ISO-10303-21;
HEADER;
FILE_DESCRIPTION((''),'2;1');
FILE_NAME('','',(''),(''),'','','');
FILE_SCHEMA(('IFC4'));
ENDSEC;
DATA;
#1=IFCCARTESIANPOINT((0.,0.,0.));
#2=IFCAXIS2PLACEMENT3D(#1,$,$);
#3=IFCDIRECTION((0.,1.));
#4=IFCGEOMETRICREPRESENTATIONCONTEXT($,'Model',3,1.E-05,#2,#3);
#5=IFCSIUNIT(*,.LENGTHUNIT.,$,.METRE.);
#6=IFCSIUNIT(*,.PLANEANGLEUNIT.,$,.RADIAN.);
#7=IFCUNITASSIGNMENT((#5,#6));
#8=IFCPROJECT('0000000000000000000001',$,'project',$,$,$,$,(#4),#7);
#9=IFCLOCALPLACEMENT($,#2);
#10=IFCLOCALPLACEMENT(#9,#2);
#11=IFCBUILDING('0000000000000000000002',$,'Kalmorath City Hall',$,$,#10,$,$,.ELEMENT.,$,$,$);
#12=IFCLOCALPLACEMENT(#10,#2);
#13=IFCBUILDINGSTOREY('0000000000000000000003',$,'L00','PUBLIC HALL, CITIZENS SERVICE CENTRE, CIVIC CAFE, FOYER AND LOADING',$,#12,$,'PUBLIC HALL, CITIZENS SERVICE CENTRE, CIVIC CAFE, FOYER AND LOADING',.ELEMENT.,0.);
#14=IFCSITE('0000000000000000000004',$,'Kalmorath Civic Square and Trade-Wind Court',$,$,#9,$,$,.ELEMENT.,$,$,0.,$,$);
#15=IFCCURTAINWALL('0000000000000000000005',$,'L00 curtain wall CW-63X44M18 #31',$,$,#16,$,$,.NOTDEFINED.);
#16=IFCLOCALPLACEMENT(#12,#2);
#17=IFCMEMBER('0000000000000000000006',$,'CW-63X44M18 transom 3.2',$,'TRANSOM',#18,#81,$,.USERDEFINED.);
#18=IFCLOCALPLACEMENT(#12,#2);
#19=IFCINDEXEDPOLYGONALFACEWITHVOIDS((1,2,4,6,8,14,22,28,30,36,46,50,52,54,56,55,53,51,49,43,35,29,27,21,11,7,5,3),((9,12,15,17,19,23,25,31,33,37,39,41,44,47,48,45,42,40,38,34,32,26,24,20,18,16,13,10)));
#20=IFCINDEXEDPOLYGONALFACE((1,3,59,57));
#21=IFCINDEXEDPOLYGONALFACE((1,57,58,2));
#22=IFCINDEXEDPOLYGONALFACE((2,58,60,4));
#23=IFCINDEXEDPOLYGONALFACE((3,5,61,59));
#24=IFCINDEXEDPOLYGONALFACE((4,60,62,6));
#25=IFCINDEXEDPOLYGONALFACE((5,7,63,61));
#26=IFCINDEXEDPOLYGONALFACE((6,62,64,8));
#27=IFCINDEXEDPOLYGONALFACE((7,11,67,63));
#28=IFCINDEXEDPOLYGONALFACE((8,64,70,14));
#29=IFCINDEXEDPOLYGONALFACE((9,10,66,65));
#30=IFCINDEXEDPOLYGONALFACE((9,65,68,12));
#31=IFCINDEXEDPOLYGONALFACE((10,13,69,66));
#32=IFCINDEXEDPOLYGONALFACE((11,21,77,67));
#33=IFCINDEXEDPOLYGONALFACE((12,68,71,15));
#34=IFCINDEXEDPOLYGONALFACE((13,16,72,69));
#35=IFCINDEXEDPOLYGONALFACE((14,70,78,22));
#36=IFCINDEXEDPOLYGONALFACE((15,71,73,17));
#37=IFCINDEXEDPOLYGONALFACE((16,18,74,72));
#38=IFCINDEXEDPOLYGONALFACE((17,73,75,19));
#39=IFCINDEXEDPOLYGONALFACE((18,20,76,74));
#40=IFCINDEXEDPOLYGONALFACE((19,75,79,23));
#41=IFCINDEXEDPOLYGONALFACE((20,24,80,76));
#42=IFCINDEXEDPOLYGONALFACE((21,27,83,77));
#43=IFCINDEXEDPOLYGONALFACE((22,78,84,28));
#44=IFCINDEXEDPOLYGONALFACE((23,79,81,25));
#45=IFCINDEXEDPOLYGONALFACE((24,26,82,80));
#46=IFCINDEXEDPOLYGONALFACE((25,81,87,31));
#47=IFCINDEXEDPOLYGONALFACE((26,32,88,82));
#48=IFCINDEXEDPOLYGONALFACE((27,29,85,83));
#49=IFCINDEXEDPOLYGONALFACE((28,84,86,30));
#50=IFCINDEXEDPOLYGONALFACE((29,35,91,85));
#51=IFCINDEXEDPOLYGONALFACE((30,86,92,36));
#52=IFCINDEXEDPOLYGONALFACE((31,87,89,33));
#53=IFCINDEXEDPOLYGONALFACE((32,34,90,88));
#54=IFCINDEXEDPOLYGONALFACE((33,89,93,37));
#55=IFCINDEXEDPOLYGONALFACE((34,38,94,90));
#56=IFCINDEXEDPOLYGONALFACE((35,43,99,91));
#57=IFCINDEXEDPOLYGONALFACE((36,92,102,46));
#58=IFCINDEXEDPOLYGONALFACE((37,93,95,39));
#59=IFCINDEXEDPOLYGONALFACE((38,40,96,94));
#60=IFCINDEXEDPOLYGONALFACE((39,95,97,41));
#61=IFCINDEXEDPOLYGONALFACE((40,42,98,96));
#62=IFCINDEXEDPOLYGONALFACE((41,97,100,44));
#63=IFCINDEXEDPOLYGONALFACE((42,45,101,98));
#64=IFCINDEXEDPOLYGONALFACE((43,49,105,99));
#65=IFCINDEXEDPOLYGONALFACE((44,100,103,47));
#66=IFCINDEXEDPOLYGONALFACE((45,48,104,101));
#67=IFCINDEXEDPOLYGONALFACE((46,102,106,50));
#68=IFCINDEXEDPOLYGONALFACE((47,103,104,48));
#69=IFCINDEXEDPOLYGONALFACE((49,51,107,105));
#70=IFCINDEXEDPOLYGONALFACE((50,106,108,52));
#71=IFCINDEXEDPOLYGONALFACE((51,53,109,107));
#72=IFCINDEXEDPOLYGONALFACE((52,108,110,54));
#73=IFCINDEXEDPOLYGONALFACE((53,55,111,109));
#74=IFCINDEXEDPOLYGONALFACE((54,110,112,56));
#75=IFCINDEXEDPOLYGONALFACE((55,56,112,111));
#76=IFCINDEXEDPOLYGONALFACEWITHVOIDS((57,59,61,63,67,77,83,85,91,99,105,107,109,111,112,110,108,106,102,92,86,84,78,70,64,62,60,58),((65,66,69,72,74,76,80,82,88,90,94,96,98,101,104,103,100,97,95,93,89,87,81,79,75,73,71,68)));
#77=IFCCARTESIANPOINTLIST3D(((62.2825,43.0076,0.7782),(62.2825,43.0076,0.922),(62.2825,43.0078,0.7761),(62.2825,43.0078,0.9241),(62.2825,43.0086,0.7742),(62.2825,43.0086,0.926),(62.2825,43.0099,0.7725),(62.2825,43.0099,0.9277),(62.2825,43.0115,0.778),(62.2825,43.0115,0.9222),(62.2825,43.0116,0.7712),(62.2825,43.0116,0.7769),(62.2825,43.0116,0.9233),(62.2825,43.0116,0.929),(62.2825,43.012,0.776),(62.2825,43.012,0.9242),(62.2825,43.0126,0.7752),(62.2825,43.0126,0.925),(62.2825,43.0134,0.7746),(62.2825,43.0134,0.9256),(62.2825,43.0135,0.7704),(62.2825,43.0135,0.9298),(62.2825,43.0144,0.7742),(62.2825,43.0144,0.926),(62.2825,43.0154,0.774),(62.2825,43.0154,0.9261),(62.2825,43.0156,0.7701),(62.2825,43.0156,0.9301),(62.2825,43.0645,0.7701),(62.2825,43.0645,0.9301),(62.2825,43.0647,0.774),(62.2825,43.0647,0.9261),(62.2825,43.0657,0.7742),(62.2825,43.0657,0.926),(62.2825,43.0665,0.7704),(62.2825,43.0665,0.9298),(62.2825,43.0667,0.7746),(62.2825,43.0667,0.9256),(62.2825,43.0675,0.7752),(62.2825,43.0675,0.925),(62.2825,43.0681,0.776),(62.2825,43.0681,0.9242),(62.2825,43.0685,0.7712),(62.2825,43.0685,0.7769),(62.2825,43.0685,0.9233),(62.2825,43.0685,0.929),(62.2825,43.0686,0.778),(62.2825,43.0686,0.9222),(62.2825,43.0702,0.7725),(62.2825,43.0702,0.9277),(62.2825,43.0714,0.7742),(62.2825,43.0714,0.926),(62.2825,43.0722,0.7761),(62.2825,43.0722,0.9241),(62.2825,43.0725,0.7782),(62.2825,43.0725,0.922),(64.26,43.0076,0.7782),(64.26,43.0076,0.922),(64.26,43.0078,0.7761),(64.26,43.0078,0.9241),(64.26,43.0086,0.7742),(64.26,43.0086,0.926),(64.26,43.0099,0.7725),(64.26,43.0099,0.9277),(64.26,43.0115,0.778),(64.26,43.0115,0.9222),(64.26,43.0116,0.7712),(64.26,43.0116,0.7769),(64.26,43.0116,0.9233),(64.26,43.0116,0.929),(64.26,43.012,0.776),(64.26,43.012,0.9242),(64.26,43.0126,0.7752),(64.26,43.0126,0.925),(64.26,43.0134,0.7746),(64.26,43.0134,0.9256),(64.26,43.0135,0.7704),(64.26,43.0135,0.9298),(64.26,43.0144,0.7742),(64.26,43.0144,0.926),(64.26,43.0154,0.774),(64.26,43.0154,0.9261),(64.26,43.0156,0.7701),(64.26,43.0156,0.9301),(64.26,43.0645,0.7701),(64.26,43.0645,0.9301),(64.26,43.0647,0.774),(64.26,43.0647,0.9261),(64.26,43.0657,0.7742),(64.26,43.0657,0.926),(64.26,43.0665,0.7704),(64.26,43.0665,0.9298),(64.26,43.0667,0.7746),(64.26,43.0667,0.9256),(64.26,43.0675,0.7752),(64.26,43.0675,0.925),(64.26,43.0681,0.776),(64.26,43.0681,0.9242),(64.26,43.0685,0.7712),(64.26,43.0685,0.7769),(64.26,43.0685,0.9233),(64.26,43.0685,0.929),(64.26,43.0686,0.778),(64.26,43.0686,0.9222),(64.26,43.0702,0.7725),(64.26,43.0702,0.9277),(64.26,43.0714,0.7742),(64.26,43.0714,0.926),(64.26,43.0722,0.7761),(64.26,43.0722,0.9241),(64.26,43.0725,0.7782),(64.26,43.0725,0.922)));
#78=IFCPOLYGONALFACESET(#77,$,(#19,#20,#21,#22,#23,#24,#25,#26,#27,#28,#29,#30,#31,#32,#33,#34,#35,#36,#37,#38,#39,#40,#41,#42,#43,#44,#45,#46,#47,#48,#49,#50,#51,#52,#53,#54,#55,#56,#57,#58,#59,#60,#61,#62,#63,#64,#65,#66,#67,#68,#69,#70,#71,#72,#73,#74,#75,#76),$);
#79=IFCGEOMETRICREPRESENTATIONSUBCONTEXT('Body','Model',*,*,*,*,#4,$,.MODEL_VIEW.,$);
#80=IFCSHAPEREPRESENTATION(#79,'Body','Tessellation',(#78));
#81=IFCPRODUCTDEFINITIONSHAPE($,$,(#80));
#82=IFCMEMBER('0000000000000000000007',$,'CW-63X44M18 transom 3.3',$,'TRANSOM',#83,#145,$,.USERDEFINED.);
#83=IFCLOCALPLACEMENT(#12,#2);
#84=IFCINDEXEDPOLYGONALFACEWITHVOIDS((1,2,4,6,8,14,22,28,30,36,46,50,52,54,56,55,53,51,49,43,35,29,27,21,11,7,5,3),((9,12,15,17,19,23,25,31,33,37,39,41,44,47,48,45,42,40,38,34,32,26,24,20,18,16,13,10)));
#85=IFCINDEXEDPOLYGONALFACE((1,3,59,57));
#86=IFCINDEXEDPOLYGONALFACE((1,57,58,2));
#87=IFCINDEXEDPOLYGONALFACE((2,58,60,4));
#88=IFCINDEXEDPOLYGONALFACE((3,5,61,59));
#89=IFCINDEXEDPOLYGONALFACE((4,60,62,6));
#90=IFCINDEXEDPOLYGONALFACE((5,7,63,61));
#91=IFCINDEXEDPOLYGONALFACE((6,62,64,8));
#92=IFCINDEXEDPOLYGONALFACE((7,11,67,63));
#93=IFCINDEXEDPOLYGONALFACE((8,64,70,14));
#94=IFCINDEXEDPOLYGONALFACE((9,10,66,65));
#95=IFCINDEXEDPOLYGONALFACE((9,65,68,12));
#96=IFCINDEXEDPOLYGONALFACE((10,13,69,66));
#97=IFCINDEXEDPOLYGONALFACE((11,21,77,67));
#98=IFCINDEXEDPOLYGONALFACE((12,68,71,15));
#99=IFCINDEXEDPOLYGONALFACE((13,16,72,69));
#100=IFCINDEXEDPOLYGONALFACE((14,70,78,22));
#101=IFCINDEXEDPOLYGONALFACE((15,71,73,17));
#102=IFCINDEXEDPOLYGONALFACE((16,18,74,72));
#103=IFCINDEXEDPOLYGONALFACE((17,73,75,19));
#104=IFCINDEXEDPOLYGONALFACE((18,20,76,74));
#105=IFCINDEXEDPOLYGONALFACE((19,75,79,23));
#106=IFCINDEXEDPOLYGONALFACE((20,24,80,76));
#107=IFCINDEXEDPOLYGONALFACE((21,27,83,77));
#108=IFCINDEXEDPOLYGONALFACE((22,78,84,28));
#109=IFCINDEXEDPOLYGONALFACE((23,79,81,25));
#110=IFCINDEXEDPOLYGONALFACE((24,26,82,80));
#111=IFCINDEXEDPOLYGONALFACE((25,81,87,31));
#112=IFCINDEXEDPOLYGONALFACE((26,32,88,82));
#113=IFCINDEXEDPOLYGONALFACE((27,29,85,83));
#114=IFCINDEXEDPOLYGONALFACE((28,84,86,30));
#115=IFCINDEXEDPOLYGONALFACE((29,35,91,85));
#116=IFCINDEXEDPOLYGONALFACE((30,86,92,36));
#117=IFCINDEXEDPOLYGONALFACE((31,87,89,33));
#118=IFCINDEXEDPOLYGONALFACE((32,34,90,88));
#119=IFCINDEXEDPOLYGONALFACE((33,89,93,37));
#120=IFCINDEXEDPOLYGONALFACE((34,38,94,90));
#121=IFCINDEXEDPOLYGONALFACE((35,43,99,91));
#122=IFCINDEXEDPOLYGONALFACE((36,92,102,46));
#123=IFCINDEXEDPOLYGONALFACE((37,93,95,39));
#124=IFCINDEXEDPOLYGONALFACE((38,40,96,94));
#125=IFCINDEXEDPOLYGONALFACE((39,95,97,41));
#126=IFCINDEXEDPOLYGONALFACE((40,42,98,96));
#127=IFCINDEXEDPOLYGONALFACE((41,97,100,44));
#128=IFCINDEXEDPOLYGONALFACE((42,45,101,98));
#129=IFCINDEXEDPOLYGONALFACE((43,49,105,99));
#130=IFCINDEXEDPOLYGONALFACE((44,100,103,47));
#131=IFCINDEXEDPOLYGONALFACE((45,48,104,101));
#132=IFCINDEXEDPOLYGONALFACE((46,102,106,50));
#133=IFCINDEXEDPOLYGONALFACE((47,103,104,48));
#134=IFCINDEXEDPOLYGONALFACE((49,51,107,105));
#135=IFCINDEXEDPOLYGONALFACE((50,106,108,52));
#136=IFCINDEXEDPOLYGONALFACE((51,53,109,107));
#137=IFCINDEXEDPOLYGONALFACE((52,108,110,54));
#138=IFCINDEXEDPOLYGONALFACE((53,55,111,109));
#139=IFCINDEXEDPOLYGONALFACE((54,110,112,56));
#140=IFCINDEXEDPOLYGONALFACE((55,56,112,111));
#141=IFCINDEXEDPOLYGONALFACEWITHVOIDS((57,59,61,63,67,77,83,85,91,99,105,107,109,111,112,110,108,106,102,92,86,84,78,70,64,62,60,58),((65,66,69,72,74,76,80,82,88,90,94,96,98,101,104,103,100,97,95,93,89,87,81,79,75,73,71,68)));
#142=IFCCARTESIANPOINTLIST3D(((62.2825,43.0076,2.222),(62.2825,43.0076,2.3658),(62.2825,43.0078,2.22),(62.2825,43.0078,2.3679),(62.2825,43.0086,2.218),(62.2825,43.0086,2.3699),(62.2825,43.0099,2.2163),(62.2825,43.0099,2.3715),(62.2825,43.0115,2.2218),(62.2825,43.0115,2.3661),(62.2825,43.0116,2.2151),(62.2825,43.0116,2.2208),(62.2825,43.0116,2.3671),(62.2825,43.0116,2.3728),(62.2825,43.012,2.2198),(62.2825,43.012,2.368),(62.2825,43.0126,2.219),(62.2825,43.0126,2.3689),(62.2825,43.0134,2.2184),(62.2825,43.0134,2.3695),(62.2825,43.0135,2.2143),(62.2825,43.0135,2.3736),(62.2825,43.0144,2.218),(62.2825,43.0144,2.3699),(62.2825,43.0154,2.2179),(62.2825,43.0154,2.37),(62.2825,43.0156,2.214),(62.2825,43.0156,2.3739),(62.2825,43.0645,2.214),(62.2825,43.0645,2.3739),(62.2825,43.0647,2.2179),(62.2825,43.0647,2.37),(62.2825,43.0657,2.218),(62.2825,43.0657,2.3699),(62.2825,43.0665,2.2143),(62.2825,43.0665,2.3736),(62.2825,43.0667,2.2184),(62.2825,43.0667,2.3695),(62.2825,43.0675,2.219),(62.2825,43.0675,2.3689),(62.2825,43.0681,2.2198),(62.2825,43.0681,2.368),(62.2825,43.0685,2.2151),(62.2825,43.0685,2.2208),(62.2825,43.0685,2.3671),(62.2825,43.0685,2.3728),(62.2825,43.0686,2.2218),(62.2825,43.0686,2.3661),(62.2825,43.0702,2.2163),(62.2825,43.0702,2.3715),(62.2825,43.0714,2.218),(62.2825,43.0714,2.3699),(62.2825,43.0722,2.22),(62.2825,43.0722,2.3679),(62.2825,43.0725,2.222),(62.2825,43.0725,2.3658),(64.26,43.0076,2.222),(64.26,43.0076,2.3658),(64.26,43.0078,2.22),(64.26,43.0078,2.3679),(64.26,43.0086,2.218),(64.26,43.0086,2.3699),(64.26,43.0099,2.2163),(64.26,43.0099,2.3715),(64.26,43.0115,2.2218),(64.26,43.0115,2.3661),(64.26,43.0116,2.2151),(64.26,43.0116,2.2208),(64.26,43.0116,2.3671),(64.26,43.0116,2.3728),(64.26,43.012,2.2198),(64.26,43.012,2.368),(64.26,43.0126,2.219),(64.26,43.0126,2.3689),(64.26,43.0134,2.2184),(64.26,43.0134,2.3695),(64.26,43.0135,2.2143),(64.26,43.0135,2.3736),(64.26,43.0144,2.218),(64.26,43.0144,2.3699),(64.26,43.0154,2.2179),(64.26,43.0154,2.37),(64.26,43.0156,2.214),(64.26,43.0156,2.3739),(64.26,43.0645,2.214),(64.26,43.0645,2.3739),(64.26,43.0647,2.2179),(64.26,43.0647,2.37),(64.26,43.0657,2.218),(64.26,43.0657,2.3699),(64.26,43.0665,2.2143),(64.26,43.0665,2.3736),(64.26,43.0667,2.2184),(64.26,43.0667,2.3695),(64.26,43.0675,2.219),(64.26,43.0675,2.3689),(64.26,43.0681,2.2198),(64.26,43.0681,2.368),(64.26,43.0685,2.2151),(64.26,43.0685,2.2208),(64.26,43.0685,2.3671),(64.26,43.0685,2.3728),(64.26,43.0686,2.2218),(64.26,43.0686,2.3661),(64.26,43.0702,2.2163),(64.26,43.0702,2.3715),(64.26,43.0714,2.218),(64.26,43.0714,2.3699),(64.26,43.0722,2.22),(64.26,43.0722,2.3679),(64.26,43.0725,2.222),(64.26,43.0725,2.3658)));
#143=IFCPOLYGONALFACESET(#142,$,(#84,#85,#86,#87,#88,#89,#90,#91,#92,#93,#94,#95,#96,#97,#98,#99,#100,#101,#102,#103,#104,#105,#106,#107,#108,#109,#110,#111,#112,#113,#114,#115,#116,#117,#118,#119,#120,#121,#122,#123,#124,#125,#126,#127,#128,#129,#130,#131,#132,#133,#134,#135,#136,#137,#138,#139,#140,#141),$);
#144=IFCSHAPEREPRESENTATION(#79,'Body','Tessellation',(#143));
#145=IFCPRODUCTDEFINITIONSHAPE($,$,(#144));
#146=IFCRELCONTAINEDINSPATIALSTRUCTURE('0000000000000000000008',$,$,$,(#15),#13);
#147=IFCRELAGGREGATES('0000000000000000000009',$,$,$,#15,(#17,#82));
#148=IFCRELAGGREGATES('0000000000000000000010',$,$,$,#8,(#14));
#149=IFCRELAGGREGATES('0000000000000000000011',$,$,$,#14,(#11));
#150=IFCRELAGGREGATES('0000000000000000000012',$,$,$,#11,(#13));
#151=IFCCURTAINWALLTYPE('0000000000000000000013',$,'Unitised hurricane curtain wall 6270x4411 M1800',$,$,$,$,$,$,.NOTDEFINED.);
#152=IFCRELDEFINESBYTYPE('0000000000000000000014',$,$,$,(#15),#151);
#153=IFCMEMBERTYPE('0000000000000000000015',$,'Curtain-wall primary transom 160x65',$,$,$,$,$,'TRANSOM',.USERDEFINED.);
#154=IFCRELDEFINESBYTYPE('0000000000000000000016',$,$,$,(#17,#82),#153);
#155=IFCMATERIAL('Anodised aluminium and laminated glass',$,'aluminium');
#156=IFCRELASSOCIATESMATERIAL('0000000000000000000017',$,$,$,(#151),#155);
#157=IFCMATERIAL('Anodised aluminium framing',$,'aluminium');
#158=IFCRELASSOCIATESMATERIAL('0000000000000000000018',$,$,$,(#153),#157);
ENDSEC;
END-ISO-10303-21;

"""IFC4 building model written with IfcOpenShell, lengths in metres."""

from ifc_helpers import new_model, si_unit, direction, frame, origin, origin_2d, place, context, subcontext, project, spatial, hollow_rectangle, extrude, material, material_profile, profile_set, type_object, element, aggregate, save


model = new_model("IFC4")

# Units and contexts
model_context = context("Model", 3, precision=1e-05, world=origin(), true_north=direction((0.0, 1.0)))
body_context = subcontext(model_context, "Body", "Model", "MODEL_VIEW")
ifc_project = project(units=[si_unit("LENGTHUNIT", "METRE"), si_unit("PLANEANGLEUNIT", "RADIAN")], contexts=[model_context])

# Site, building, storey
site_placement = place(None, origin())
site = spatial("IfcSite", under=ifc_project, at=site_placement, Name="Kalmorath Civic Square and Trade-Wind Court", CompositionType="ELEMENT", RefElevation=0.0)
building_placement = place(site_placement, origin())
building = spatial("IfcBuilding", under=site, at=building_placement, Name="Kalmorath City Hall", CompositionType="ELEMENT")
storey_placement = place(building_placement, origin())
storey = spatial("IfcBuildingStorey", under=building, at=storey_placement, Name="L00", Description="PUBLIC HALL, CITIZENS SERVICE CENTRE, CIVIC CAFE, FOYER AND LOADING", LongName="PUBLIC HALL, CITIZENS SERVICE CENTRE, CIVIC CAFE, FOYER AND LOADING", CompositionType="ELEMENT", Elevation=0.0)

# Curtain wall, members
ifc_material_1 = material(Name="Anodised aluminium and laminated glass", Category="aluminium")
curtain_wall_type_1 = type_object("IfcCurtainWallType", Name="Unitised hurricane curtain wall 6270x4411 M1800", PredefinedType="NOTDEFINED", material=ifc_material_1)
curtain_wall_1_placement = place(storey_placement, origin())
curtain_wall_1 = element("IfcCurtainWall", 1, at=curtain_wall_1_placement, inside=storey, type_object=curtain_wall_type_1, Name="L00 curtain wall CW-63X44M18 #31", PredefinedType="NOTDEFINED")
ifc_material_2 = material(Name="Anodised aluminium framing", Category="aluminium")
ifc_material_profile_1 = material_profile(ifc_material_2, hollow_rectangle(XDim=0.0649, YDim=0.1599, WallThickness=0.0039, InnerFilletRadius=0.0039, OuterFilletRadius=0.0081, at=origin_2d()), Name="ALU-TRN-160X65X4")
ifc_profile_set_1 = profile_set([ifc_material_profile_1], Name="Anodised aluminium framing")
member_type_1 = type_object("IfcMemberType", Name="Curtain-wall primary transom 160x65", ElementType="TRANSOM", PredefinedType="USERDEFINED", material=ifc_profile_set_1)
member_1_placement = place(storey_placement, frame((62.2825, 43.04, 0.8501), z_axis=(1.0, 0.0, 0.0), x_axis=(0.0, 1.0, 0.0)))
member_1 = element("IfcMember", 2, at=member_1_placement, type_object=member_type_1, Name="CW-63X44M18 transom 3.2", ObjectType="TRANSOM", PredefinedType="USERDEFINED", context=body_context, shape_type="SweptSolid", body=[
    extrude(hollow_rectangle(XDim=0.0649, YDim=0.1599, WallThickness=0.0039, InnerFilletRadius=0.0039, OuterFilletRadius=0.0081, at=origin_2d()), origin(), (0.0, 0.0, 1.0), 1.9775),
])
member_2_placement = place(storey_placement, frame((62.2825, 43.04, 2.2939), z_axis=(1.0, 0.0, 0.0), x_axis=(0.0, 1.0, 0.0)))
member_2 = element("IfcMember", 3, at=member_2_placement, type_object=member_type_1, Name="CW-63X44M18 transom 3.3", ObjectType="TRANSOM", PredefinedType="USERDEFINED", context=body_context, shape_type="SweptSolid", body=[
    extrude(hollow_rectangle(XDim=0.0649, YDim=0.1599, WallThickness=0.0039, InnerFilletRadius=0.0039, OuterFilletRadius=0.0081, at=origin_2d()), origin(), (0.0, 0.0, 1.0), 1.9775),
])

aggregate(curtain_wall_1, [member_1, member_2])

save(model, "model.ifc")
